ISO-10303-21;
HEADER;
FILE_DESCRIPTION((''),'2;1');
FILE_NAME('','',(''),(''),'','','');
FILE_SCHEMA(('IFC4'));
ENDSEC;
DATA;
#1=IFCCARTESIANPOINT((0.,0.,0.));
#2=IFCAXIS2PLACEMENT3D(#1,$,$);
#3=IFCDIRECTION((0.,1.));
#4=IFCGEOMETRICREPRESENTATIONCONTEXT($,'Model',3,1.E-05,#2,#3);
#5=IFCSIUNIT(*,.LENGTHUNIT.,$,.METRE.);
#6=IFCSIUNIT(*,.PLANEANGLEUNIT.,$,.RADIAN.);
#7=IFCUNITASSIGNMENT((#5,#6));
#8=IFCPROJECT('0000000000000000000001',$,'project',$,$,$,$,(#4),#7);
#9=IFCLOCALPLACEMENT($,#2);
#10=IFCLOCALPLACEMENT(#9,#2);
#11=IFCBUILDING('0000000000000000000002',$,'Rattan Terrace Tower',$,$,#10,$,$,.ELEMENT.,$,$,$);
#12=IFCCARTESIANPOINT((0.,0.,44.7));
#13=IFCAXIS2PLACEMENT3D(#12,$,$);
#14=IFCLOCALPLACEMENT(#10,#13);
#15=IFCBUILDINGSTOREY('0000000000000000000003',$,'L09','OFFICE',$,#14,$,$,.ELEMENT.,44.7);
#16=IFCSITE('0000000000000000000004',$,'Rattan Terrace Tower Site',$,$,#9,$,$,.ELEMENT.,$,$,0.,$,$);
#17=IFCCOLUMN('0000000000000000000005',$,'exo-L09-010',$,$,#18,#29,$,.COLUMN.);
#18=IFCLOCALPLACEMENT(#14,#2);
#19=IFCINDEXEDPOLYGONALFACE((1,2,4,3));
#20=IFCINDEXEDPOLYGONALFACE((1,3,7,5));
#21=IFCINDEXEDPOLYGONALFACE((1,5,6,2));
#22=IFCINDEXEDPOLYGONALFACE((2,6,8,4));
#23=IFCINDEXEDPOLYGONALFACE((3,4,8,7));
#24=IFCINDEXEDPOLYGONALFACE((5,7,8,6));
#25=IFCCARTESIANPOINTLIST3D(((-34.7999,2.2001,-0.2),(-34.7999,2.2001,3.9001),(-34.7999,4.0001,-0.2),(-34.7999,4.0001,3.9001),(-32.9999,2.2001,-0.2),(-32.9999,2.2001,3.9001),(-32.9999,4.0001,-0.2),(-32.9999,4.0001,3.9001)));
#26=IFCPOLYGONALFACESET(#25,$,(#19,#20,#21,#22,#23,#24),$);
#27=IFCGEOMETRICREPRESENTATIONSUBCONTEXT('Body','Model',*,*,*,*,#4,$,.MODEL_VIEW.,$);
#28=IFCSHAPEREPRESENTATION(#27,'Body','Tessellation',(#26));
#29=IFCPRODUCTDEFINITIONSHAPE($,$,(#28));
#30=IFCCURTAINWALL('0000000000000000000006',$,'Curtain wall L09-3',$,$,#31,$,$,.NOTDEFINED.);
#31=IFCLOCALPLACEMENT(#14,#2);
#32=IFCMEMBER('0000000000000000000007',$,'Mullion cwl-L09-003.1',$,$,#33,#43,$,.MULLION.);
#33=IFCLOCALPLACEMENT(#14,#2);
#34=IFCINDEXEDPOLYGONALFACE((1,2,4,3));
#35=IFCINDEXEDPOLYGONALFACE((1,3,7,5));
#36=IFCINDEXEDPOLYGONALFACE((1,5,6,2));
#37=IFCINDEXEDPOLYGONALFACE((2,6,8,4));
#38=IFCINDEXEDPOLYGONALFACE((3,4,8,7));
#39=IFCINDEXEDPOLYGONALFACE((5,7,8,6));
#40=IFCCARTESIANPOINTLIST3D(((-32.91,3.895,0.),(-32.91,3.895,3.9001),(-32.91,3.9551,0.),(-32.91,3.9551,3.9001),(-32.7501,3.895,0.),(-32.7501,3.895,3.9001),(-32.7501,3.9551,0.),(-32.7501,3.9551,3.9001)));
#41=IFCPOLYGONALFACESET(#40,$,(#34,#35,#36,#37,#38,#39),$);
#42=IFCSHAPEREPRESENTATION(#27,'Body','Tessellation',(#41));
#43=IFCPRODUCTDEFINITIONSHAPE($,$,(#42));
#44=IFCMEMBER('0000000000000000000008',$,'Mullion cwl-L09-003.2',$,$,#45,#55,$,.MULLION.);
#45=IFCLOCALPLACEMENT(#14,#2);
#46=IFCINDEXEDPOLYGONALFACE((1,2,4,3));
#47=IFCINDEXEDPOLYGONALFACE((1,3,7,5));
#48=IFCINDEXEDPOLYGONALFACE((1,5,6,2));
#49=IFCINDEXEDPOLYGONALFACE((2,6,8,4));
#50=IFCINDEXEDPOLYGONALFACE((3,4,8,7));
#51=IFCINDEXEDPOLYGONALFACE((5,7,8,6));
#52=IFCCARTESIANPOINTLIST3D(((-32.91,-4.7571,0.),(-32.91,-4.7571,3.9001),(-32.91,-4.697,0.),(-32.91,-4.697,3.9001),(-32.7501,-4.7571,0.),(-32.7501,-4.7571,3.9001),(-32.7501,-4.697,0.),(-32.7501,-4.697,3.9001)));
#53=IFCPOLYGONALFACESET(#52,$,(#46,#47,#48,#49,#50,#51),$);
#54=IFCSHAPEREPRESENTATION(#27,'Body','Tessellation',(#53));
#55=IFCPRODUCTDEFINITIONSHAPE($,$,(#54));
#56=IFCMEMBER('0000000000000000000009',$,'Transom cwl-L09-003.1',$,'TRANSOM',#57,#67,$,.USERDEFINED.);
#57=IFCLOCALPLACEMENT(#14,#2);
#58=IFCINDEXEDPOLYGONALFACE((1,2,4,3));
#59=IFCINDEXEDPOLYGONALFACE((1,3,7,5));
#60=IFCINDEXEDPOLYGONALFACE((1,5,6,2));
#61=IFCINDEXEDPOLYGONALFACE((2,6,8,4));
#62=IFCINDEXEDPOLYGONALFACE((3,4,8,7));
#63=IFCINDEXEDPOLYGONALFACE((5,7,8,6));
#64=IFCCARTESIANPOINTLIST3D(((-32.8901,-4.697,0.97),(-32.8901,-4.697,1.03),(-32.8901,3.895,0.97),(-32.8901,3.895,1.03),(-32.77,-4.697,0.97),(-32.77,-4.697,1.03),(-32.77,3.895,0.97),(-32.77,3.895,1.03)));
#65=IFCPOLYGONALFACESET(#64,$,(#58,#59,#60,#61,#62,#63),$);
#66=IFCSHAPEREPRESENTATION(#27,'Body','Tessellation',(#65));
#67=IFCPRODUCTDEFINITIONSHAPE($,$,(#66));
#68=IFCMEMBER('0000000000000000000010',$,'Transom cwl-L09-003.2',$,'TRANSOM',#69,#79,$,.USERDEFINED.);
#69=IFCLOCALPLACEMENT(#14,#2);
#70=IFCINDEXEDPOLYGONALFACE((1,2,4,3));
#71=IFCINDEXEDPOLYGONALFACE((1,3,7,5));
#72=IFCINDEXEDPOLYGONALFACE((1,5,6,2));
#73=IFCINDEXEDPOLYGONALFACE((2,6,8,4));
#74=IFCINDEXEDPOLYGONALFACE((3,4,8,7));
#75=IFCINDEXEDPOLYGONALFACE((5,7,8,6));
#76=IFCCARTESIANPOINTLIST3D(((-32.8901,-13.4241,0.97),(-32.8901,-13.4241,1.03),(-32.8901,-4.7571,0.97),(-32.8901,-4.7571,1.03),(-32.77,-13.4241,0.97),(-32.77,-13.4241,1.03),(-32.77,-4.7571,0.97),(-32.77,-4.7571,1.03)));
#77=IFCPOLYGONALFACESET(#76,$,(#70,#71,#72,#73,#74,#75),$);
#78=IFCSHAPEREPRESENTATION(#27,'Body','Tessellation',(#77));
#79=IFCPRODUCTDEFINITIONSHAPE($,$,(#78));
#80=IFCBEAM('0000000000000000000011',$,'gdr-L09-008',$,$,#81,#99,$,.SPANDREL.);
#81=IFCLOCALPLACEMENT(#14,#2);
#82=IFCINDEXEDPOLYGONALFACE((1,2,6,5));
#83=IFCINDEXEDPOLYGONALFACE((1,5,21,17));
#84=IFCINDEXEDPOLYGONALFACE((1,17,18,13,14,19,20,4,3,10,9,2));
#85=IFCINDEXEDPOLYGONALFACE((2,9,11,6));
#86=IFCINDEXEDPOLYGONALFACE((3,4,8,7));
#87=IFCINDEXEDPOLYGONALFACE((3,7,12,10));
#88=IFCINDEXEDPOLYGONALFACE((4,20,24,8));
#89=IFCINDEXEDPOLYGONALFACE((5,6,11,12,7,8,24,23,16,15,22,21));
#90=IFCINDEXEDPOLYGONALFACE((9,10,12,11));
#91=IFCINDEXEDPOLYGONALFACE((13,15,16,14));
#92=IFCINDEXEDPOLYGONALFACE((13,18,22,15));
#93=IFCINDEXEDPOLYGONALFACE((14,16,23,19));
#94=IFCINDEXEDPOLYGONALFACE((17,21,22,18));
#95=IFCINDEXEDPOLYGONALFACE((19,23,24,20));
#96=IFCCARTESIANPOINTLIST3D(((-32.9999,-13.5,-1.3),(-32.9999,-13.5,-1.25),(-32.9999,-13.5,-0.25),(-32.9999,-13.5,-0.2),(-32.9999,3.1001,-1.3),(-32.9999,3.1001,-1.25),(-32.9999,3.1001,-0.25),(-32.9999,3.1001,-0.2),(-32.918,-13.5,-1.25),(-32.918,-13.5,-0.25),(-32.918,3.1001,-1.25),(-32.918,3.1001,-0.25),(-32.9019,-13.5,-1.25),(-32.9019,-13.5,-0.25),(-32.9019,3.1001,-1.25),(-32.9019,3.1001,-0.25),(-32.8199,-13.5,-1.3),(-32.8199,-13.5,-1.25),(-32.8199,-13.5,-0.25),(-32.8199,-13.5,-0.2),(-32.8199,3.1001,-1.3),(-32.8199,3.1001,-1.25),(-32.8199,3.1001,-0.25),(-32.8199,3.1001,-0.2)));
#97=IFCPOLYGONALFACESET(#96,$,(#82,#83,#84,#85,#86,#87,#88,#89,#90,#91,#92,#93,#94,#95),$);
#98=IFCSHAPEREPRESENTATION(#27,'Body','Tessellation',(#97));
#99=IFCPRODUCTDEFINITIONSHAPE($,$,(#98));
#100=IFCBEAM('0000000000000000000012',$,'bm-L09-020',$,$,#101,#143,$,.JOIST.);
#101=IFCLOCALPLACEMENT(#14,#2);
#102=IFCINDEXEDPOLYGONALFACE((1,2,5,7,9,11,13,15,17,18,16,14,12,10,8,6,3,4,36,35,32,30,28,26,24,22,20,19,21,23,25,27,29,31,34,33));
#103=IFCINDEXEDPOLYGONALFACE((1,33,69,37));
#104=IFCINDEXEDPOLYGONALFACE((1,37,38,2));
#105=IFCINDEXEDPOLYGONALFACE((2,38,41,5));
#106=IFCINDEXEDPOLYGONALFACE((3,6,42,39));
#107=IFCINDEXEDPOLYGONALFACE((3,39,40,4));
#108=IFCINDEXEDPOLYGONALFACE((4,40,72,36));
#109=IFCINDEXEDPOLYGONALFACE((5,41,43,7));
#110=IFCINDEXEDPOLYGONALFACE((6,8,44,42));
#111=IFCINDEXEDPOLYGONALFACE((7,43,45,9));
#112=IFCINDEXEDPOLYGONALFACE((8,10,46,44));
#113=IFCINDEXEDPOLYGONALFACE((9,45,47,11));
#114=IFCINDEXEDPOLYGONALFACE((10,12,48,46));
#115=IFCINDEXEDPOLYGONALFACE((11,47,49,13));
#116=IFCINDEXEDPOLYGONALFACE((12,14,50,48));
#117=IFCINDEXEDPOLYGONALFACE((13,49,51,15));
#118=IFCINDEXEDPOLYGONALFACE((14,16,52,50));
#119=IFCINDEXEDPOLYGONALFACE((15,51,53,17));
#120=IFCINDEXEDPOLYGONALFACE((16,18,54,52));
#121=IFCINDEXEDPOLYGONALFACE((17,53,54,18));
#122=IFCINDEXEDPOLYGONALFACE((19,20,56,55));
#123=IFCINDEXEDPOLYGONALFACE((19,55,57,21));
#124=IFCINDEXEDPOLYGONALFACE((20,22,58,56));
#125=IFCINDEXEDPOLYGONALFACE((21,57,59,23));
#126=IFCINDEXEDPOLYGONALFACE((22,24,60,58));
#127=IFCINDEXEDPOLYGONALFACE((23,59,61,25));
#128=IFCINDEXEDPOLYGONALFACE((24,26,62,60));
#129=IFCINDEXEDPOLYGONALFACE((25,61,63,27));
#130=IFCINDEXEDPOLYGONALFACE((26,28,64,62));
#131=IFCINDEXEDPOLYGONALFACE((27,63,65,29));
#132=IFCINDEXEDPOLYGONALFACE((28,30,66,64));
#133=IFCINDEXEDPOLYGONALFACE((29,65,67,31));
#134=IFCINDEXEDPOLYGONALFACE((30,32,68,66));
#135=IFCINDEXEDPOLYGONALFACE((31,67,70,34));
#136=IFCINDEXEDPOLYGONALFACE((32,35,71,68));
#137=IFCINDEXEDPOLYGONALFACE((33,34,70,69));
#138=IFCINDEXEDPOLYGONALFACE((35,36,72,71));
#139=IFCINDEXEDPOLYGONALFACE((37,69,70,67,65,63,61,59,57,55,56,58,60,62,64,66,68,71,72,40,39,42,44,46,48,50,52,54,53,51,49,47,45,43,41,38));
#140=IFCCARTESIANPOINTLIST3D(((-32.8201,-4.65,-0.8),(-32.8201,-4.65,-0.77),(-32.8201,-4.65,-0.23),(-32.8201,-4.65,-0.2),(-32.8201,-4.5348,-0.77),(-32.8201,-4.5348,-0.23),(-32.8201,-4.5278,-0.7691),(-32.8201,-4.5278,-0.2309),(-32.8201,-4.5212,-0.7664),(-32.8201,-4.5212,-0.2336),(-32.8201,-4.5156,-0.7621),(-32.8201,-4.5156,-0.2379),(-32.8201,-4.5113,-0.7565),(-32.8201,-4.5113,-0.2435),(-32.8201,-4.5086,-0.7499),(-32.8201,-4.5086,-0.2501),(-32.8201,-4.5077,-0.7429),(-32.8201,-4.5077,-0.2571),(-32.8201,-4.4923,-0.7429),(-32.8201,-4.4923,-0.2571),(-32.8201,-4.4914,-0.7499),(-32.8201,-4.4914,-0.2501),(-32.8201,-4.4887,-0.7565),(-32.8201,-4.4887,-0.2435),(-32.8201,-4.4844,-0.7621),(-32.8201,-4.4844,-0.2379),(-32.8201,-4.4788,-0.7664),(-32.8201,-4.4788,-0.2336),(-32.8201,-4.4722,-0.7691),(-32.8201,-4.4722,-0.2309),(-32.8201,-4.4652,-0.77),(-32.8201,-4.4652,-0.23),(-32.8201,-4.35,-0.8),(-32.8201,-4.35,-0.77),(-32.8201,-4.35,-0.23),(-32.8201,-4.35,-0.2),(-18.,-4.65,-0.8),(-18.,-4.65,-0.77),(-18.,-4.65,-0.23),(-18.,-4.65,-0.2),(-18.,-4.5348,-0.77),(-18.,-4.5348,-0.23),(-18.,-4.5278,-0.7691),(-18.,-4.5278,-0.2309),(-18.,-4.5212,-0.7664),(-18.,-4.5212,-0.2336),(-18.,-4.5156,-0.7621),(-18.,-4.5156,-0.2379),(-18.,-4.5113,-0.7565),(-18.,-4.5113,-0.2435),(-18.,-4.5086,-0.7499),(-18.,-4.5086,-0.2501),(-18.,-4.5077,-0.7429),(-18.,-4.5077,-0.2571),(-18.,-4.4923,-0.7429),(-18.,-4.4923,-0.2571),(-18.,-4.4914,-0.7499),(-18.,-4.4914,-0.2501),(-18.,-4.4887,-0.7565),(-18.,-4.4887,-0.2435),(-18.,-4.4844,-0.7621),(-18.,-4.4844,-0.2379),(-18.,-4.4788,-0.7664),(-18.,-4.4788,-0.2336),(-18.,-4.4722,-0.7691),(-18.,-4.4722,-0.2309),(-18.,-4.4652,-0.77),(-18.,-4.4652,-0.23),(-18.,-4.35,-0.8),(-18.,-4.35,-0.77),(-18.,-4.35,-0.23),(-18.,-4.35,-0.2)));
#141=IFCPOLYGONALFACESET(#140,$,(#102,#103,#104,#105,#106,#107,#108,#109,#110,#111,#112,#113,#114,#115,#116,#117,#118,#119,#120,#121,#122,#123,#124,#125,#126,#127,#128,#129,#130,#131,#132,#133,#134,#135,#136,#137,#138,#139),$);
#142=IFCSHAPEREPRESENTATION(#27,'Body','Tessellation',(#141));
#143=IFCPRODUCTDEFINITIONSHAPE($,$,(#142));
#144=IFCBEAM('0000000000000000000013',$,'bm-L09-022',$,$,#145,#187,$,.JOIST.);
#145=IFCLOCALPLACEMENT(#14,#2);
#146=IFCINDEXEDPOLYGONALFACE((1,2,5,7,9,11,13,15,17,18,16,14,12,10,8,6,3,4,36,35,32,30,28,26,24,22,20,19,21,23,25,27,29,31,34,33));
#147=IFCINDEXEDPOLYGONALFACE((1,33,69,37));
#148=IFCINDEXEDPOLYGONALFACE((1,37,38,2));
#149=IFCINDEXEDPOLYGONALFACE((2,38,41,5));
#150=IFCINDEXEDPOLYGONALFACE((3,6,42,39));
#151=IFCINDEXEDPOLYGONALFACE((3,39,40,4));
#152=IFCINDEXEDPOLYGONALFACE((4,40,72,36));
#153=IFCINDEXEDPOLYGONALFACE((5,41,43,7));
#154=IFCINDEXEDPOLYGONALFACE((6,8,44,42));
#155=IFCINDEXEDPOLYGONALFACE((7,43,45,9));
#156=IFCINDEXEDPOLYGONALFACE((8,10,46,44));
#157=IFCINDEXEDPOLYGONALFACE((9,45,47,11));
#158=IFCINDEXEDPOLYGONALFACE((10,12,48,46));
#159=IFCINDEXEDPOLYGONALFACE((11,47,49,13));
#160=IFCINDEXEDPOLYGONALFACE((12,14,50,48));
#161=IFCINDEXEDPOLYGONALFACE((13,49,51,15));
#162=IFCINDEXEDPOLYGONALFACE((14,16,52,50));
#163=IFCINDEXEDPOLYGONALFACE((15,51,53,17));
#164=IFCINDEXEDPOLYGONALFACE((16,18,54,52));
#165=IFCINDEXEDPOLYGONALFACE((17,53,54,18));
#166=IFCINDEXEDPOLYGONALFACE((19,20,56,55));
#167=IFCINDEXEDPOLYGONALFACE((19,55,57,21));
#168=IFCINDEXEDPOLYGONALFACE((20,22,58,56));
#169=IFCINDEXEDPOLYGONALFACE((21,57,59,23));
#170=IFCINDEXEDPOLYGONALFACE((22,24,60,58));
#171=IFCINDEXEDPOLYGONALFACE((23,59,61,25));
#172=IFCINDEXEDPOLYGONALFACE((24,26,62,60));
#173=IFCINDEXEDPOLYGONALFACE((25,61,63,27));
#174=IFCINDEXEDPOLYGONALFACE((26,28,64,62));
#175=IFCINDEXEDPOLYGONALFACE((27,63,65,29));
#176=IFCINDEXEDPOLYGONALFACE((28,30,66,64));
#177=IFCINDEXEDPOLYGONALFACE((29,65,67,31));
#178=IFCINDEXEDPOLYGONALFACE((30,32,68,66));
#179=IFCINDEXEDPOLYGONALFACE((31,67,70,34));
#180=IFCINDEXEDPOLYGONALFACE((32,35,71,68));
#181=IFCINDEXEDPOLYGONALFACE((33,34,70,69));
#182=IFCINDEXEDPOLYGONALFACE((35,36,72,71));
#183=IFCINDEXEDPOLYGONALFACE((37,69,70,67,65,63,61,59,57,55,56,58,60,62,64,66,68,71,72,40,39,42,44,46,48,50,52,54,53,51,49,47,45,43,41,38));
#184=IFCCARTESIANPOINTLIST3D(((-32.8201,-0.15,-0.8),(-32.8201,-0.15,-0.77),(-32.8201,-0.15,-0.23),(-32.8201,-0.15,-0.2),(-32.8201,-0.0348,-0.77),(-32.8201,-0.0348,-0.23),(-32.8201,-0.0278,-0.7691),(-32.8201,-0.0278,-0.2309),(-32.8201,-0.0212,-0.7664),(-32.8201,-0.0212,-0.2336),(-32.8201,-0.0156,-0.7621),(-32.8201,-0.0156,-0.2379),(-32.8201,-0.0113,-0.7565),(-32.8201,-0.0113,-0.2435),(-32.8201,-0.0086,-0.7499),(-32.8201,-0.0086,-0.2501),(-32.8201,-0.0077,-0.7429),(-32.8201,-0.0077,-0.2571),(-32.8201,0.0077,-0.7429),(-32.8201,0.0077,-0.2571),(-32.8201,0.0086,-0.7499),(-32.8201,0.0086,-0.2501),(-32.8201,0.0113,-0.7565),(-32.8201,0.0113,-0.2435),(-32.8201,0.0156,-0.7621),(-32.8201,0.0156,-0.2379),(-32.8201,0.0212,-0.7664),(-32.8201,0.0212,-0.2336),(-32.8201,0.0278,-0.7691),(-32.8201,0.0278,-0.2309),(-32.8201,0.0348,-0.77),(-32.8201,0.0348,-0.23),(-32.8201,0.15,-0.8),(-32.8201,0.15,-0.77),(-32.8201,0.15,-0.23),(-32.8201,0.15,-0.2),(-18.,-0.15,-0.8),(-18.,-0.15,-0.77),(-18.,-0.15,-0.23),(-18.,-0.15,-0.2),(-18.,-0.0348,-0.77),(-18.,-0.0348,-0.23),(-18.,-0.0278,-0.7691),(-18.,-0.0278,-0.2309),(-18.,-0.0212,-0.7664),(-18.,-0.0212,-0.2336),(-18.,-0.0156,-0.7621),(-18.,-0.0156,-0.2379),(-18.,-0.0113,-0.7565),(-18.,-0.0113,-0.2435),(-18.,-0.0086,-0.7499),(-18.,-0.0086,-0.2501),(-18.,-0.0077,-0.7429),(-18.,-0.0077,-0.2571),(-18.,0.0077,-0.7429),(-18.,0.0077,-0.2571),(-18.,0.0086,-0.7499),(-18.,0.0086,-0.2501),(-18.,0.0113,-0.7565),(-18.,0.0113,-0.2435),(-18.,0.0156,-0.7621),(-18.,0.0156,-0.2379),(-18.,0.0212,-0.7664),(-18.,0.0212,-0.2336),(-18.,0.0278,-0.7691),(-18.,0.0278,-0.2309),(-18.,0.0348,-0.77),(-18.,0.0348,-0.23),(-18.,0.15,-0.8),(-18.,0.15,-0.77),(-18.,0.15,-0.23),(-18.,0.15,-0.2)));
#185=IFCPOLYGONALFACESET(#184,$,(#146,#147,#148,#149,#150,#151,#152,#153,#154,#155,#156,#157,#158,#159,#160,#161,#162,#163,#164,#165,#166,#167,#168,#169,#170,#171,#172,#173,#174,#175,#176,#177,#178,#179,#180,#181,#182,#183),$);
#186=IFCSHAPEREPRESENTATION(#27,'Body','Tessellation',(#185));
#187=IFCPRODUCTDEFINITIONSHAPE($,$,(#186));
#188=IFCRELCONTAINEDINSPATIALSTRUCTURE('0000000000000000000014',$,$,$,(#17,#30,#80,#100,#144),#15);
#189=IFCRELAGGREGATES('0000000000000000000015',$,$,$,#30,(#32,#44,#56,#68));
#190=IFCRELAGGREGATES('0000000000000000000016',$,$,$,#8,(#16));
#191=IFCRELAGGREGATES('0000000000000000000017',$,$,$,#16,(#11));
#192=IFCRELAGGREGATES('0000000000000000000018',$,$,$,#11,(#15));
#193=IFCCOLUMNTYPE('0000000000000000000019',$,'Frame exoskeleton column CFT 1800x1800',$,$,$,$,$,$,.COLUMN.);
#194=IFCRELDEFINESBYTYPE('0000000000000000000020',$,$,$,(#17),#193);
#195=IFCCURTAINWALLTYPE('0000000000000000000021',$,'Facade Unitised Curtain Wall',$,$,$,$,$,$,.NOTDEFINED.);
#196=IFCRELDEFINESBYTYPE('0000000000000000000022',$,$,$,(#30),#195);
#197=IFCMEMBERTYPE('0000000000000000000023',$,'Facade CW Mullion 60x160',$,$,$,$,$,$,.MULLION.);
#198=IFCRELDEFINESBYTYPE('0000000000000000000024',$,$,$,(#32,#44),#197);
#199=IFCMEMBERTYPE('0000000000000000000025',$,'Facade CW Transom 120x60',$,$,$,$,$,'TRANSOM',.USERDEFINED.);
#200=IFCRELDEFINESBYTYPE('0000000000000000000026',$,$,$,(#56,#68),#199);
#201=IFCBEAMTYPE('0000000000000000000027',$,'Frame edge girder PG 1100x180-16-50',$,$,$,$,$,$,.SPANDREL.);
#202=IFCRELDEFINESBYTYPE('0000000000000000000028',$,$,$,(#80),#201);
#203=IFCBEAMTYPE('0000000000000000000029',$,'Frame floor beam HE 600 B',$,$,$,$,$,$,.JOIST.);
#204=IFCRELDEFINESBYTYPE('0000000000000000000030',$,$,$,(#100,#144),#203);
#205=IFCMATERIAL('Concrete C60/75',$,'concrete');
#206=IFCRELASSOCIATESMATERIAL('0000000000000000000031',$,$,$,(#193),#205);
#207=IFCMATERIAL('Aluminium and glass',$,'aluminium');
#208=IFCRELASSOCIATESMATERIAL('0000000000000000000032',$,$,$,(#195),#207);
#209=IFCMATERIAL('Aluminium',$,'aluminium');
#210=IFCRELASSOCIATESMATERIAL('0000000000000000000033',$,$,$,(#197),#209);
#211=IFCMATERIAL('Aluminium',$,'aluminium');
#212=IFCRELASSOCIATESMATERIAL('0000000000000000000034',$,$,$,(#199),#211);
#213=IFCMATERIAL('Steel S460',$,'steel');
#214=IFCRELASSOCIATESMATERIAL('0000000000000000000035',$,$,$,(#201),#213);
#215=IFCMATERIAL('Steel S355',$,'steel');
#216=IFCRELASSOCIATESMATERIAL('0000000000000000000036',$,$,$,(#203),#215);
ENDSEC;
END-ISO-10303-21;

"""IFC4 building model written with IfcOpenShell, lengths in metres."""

from ifc_helpers import new_model, si_unit, direction, frame, origin, origin_2d, place, context, subcontext, project, spatial, rectangle, i_section, extrude, material, material_profile, profile_set, type_object, element, aggregate, save


model = new_model("IFC4")

# Units and contexts
model_context = context("Model", 3, precision=1e-05, world=origin(), true_north=direction((0.0, 1.0)))
body_context = subcontext(model_context, "Body", "Model", "MODEL_VIEW")
ifc_project = project(units=[si_unit("LENGTHUNIT", "METRE"), si_unit("PLANEANGLEUNIT", "RADIAN")], contexts=[model_context])

# Site, building, storey
site_placement = place(None, origin())
site = spatial("IfcSite", under=ifc_project, at=site_placement, Name="Rattan Terrace Tower Site", CompositionType="ELEMENT", RefElevation=0.0)
building_placement = place(site_placement, origin())
building = spatial("IfcBuilding", under=site, at=building_placement, Name="Rattan Terrace Tower", CompositionType="ELEMENT")
storey_placement = place(building_placement, frame((0.0, 0.0, 44.7)))
storey = spatial("IfcBuildingStorey", under=building, at=storey_placement, Name="L09", Description="OFFICE", CompositionType="ELEMENT", Elevation=44.7)

# Column
ifc_material_1 = material(Name="Concrete C60/75", Category="concrete")
ifc_material_profile_1 = material_profile(ifc_material_1, rectangle(XDim=1.8, YDim=1.8, at=origin_2d()), Name="CFT 1800x1800")
ifc_profile_set_1 = profile_set([ifc_material_profile_1], Name="Concrete C60/75")
column_type = type_object("IfcColumnType", Name="Frame exoskeleton column CFT 1800x1800", PredefinedType="COLUMN", material=ifc_profile_set_1)
column_placement = place(storey_placement, frame((-33.8999, 3.1001, -0.2), z_axis=(0.0, 0.0, 1.0), x_axis=(0.0, 1.0, 0.0)))
element("IfcColumn", 1, at=column_placement, inside=storey, type_object=column_type, Name="exo-L09-010", PredefinedType="COLUMN", context=body_context, shape_type="SweptSolid", body=[
    extrude(rectangle(XDim=1.8, YDim=1.8, at=origin_2d()), origin(), (0.0, 0.0, 1.0), 4.1001),
])

# Curtain wall, members
ifc_material_2 = material(Name="Aluminium and glass", Category="aluminium")
curtain_wall_type = type_object("IfcCurtainWallType", Name="Facade Unitised Curtain Wall", PredefinedType="NOTDEFINED", material=ifc_material_2)
curtain_wall_placement = place(storey_placement, origin())
curtain_wall = element("IfcCurtainWall", 2, at=curtain_wall_placement, inside=storey, type_object=curtain_wall_type, Name="Curtain wall L09-3", PredefinedType="NOTDEFINED")
ifc_material_3 = material(Name="Aluminium", Category="aluminium")
ifc_material_profile_2 = material_profile(ifc_material_3, rectangle(XDim=0.0601, YDim=0.1599, at=origin_2d()), Name="Aluminium 60x160")
ifc_profile_set_2 = profile_set([ifc_material_profile_2], Name="Aluminium")
member_type_1 = type_object("IfcMemberType", Name="Facade CW Mullion 60x160", PredefinedType="MULLION", material=ifc_profile_set_2)
member_1_placement = place(storey_placement, frame((-32.8301, 3.925, 0.0), z_axis=(0.0, 0.0, 1.0), x_axis=(0.0, -1.0, 0.0)))
member_1 = element("IfcMember", 3, at=member_1_placement, type_object=member_type_1, Name="Mullion cwl-L09-003.1", PredefinedType="MULLION", context=body_context, shape_type="SweptSolid", body=[
    extrude(rectangle(XDim=0.0601, YDim=0.1599, at=origin_2d()), origin(), (0.0, 0.0, 1.0), 3.9001),
])
member_2_placement = place(storey_placement, frame((-32.8301, -4.7271, 0.0), z_axis=(0.0, 0.0, 1.0), x_axis=(0.0, -1.0, 0.0)))
member_2 = element("IfcMember", 4, at=member_2_placement, type_object=member_type_1, Name="Mullion cwl-L09-003.2", PredefinedType="MULLION", context=body_context, shape_type="SweptSolid", body=[
    extrude(rectangle(XDim=0.0601, YDim=0.1599, at=origin_2d()), origin(), (0.0, 0.0, 1.0), 3.9001),
])
ifc_material_4 = material(Name="Aluminium", Category="aluminium")
ifc_material_profile_3 = material_profile(ifc_material_4, rectangle(XDim=0.1201, YDim=0.0601, at=origin_2d()), Name="Aluminium 120x60")
ifc_profile_set_3 = profile_set([ifc_material_profile_3], Name="Aluminium")
member_type_2 = type_object("IfcMemberType", Name="Facade CW Transom 120x60", ElementType="TRANSOM", PredefinedType="USERDEFINED", material=ifc_profile_set_3)
member_3_placement = place(storey_placement, frame((-32.8301, 3.895, 1.0), z_axis=(0.0, -1.0, 0.0), x_axis=(1.0, 0.0, 0.0)))
member_3 = element("IfcMember", 5, at=member_3_placement, type_object=member_type_2, Name="Transom cwl-L09-003.1", ObjectType="TRANSOM", PredefinedType="USERDEFINED", context=body_context, shape_type="SweptSolid", body=[
    extrude(rectangle(XDim=0.1201, YDim=0.0601, at=origin_2d()), origin(), (0.0, 0.0, 1.0), 8.592),
])
member_4_placement = place(storey_placement, frame((-32.8301, -4.7571, 1.0), z_axis=(0.0, -1.0, 0.0), x_axis=(1.0, 0.0, 0.0)))
member_4 = element("IfcMember", 6, at=member_4_placement, type_object=member_type_2, Name="Transom cwl-L09-003.2", ObjectType="TRANSOM", PredefinedType="USERDEFINED", context=body_context, shape_type="SweptSolid", body=[
    extrude(rectangle(XDim=0.1201, YDim=0.0601, at=origin_2d()), origin(), (0.0, 0.0, 1.0), 8.667),
])

# Beams
ifc_material_5 = material(Name="Steel S460", Category="steel")
ifc_material_profile_4 = material_profile(ifc_material_5, i_section(OverallWidth=0.1799, OverallDepth=1.1001, WebThickness=0.0161, FlangeThickness=0.05, at=origin_2d()), Name="PG 1100x180-16-50")
ifc_profile_set_4 = profile_set([ifc_material_profile_4], Name="Steel S460")
beam_type_1 = type_object("IfcBeamType", Name="Frame edge girder PG 1100x180-16-50", PredefinedType="SPANDREL", material=ifc_profile_set_4)
beam_placement = place(storey_placement, frame((-32.9099, 3.1001, -0.75), z_axis=(0.0, -1.0, 0.0), x_axis=(1.0, 0.0, 0.0)))
element("IfcBeam", 7, at=beam_placement, inside=storey, type_object=beam_type_1, Name="gdr-L09-008", PredefinedType="SPANDREL", context=body_context, shape_type="SweptSolid", body=[
    extrude(i_section(OverallWidth=0.1799, OverallDepth=1.1001, WebThickness=0.0161, FlangeThickness=0.05, at=origin_2d()), origin(), (0.0, 0.0, 1.0), 16.6001),
])
ifc_material_6 = material(Name="Steel S355", Category="steel")
ifc_material_profile_5 = material_profile(ifc_material_6, i_section(OverallWidth=0.3, OverallDepth=0.6001, WebThickness=0.0154, FlangeThickness=0.03, FilletRadius=0.0271, at=origin_2d()), Name="HE 600 B")
ifc_profile_set_5 = profile_set([ifc_material_profile_5], Name="Steel S355")
beam_type_2 = type_object("IfcBeamType", Name="Frame floor beam HE 600 B", PredefinedType="JOIST", material=ifc_profile_set_5)
for number, where, z_axis, x_axis, name in (
    (8, (-32.8201, -4.5, -0.5), (1.0, 0.0, 0.0), (0.0, 1.0, 0.0), "bm-L09-020"),
    (9, (-32.8201, 0.0, -0.5), (1.0, 0.0, 0.0), (0.0, 1.0, 0.0), "bm-L09-022"),
):
    element("IfcBeam", number, at=place(storey_placement, frame(where, z_axis=z_axis, x_axis=x_axis)), inside=storey, type_object=beam_type_2, Name=name, PredefinedType="JOIST", context=body_context, shape_type="SweptSolid", body=[
        extrude(i_section(OverallWidth=0.3, OverallDepth=0.6001, WebThickness=0.0154, FlangeThickness=0.03, FilletRadius=0.0271, at=origin_2d()), origin(), (0.0, 0.0, 1.0), 14.8201),
    ])

aggregate(curtain_wall, [member_1, member_2, member_3, member_4])

save(model, "model.ifc")
